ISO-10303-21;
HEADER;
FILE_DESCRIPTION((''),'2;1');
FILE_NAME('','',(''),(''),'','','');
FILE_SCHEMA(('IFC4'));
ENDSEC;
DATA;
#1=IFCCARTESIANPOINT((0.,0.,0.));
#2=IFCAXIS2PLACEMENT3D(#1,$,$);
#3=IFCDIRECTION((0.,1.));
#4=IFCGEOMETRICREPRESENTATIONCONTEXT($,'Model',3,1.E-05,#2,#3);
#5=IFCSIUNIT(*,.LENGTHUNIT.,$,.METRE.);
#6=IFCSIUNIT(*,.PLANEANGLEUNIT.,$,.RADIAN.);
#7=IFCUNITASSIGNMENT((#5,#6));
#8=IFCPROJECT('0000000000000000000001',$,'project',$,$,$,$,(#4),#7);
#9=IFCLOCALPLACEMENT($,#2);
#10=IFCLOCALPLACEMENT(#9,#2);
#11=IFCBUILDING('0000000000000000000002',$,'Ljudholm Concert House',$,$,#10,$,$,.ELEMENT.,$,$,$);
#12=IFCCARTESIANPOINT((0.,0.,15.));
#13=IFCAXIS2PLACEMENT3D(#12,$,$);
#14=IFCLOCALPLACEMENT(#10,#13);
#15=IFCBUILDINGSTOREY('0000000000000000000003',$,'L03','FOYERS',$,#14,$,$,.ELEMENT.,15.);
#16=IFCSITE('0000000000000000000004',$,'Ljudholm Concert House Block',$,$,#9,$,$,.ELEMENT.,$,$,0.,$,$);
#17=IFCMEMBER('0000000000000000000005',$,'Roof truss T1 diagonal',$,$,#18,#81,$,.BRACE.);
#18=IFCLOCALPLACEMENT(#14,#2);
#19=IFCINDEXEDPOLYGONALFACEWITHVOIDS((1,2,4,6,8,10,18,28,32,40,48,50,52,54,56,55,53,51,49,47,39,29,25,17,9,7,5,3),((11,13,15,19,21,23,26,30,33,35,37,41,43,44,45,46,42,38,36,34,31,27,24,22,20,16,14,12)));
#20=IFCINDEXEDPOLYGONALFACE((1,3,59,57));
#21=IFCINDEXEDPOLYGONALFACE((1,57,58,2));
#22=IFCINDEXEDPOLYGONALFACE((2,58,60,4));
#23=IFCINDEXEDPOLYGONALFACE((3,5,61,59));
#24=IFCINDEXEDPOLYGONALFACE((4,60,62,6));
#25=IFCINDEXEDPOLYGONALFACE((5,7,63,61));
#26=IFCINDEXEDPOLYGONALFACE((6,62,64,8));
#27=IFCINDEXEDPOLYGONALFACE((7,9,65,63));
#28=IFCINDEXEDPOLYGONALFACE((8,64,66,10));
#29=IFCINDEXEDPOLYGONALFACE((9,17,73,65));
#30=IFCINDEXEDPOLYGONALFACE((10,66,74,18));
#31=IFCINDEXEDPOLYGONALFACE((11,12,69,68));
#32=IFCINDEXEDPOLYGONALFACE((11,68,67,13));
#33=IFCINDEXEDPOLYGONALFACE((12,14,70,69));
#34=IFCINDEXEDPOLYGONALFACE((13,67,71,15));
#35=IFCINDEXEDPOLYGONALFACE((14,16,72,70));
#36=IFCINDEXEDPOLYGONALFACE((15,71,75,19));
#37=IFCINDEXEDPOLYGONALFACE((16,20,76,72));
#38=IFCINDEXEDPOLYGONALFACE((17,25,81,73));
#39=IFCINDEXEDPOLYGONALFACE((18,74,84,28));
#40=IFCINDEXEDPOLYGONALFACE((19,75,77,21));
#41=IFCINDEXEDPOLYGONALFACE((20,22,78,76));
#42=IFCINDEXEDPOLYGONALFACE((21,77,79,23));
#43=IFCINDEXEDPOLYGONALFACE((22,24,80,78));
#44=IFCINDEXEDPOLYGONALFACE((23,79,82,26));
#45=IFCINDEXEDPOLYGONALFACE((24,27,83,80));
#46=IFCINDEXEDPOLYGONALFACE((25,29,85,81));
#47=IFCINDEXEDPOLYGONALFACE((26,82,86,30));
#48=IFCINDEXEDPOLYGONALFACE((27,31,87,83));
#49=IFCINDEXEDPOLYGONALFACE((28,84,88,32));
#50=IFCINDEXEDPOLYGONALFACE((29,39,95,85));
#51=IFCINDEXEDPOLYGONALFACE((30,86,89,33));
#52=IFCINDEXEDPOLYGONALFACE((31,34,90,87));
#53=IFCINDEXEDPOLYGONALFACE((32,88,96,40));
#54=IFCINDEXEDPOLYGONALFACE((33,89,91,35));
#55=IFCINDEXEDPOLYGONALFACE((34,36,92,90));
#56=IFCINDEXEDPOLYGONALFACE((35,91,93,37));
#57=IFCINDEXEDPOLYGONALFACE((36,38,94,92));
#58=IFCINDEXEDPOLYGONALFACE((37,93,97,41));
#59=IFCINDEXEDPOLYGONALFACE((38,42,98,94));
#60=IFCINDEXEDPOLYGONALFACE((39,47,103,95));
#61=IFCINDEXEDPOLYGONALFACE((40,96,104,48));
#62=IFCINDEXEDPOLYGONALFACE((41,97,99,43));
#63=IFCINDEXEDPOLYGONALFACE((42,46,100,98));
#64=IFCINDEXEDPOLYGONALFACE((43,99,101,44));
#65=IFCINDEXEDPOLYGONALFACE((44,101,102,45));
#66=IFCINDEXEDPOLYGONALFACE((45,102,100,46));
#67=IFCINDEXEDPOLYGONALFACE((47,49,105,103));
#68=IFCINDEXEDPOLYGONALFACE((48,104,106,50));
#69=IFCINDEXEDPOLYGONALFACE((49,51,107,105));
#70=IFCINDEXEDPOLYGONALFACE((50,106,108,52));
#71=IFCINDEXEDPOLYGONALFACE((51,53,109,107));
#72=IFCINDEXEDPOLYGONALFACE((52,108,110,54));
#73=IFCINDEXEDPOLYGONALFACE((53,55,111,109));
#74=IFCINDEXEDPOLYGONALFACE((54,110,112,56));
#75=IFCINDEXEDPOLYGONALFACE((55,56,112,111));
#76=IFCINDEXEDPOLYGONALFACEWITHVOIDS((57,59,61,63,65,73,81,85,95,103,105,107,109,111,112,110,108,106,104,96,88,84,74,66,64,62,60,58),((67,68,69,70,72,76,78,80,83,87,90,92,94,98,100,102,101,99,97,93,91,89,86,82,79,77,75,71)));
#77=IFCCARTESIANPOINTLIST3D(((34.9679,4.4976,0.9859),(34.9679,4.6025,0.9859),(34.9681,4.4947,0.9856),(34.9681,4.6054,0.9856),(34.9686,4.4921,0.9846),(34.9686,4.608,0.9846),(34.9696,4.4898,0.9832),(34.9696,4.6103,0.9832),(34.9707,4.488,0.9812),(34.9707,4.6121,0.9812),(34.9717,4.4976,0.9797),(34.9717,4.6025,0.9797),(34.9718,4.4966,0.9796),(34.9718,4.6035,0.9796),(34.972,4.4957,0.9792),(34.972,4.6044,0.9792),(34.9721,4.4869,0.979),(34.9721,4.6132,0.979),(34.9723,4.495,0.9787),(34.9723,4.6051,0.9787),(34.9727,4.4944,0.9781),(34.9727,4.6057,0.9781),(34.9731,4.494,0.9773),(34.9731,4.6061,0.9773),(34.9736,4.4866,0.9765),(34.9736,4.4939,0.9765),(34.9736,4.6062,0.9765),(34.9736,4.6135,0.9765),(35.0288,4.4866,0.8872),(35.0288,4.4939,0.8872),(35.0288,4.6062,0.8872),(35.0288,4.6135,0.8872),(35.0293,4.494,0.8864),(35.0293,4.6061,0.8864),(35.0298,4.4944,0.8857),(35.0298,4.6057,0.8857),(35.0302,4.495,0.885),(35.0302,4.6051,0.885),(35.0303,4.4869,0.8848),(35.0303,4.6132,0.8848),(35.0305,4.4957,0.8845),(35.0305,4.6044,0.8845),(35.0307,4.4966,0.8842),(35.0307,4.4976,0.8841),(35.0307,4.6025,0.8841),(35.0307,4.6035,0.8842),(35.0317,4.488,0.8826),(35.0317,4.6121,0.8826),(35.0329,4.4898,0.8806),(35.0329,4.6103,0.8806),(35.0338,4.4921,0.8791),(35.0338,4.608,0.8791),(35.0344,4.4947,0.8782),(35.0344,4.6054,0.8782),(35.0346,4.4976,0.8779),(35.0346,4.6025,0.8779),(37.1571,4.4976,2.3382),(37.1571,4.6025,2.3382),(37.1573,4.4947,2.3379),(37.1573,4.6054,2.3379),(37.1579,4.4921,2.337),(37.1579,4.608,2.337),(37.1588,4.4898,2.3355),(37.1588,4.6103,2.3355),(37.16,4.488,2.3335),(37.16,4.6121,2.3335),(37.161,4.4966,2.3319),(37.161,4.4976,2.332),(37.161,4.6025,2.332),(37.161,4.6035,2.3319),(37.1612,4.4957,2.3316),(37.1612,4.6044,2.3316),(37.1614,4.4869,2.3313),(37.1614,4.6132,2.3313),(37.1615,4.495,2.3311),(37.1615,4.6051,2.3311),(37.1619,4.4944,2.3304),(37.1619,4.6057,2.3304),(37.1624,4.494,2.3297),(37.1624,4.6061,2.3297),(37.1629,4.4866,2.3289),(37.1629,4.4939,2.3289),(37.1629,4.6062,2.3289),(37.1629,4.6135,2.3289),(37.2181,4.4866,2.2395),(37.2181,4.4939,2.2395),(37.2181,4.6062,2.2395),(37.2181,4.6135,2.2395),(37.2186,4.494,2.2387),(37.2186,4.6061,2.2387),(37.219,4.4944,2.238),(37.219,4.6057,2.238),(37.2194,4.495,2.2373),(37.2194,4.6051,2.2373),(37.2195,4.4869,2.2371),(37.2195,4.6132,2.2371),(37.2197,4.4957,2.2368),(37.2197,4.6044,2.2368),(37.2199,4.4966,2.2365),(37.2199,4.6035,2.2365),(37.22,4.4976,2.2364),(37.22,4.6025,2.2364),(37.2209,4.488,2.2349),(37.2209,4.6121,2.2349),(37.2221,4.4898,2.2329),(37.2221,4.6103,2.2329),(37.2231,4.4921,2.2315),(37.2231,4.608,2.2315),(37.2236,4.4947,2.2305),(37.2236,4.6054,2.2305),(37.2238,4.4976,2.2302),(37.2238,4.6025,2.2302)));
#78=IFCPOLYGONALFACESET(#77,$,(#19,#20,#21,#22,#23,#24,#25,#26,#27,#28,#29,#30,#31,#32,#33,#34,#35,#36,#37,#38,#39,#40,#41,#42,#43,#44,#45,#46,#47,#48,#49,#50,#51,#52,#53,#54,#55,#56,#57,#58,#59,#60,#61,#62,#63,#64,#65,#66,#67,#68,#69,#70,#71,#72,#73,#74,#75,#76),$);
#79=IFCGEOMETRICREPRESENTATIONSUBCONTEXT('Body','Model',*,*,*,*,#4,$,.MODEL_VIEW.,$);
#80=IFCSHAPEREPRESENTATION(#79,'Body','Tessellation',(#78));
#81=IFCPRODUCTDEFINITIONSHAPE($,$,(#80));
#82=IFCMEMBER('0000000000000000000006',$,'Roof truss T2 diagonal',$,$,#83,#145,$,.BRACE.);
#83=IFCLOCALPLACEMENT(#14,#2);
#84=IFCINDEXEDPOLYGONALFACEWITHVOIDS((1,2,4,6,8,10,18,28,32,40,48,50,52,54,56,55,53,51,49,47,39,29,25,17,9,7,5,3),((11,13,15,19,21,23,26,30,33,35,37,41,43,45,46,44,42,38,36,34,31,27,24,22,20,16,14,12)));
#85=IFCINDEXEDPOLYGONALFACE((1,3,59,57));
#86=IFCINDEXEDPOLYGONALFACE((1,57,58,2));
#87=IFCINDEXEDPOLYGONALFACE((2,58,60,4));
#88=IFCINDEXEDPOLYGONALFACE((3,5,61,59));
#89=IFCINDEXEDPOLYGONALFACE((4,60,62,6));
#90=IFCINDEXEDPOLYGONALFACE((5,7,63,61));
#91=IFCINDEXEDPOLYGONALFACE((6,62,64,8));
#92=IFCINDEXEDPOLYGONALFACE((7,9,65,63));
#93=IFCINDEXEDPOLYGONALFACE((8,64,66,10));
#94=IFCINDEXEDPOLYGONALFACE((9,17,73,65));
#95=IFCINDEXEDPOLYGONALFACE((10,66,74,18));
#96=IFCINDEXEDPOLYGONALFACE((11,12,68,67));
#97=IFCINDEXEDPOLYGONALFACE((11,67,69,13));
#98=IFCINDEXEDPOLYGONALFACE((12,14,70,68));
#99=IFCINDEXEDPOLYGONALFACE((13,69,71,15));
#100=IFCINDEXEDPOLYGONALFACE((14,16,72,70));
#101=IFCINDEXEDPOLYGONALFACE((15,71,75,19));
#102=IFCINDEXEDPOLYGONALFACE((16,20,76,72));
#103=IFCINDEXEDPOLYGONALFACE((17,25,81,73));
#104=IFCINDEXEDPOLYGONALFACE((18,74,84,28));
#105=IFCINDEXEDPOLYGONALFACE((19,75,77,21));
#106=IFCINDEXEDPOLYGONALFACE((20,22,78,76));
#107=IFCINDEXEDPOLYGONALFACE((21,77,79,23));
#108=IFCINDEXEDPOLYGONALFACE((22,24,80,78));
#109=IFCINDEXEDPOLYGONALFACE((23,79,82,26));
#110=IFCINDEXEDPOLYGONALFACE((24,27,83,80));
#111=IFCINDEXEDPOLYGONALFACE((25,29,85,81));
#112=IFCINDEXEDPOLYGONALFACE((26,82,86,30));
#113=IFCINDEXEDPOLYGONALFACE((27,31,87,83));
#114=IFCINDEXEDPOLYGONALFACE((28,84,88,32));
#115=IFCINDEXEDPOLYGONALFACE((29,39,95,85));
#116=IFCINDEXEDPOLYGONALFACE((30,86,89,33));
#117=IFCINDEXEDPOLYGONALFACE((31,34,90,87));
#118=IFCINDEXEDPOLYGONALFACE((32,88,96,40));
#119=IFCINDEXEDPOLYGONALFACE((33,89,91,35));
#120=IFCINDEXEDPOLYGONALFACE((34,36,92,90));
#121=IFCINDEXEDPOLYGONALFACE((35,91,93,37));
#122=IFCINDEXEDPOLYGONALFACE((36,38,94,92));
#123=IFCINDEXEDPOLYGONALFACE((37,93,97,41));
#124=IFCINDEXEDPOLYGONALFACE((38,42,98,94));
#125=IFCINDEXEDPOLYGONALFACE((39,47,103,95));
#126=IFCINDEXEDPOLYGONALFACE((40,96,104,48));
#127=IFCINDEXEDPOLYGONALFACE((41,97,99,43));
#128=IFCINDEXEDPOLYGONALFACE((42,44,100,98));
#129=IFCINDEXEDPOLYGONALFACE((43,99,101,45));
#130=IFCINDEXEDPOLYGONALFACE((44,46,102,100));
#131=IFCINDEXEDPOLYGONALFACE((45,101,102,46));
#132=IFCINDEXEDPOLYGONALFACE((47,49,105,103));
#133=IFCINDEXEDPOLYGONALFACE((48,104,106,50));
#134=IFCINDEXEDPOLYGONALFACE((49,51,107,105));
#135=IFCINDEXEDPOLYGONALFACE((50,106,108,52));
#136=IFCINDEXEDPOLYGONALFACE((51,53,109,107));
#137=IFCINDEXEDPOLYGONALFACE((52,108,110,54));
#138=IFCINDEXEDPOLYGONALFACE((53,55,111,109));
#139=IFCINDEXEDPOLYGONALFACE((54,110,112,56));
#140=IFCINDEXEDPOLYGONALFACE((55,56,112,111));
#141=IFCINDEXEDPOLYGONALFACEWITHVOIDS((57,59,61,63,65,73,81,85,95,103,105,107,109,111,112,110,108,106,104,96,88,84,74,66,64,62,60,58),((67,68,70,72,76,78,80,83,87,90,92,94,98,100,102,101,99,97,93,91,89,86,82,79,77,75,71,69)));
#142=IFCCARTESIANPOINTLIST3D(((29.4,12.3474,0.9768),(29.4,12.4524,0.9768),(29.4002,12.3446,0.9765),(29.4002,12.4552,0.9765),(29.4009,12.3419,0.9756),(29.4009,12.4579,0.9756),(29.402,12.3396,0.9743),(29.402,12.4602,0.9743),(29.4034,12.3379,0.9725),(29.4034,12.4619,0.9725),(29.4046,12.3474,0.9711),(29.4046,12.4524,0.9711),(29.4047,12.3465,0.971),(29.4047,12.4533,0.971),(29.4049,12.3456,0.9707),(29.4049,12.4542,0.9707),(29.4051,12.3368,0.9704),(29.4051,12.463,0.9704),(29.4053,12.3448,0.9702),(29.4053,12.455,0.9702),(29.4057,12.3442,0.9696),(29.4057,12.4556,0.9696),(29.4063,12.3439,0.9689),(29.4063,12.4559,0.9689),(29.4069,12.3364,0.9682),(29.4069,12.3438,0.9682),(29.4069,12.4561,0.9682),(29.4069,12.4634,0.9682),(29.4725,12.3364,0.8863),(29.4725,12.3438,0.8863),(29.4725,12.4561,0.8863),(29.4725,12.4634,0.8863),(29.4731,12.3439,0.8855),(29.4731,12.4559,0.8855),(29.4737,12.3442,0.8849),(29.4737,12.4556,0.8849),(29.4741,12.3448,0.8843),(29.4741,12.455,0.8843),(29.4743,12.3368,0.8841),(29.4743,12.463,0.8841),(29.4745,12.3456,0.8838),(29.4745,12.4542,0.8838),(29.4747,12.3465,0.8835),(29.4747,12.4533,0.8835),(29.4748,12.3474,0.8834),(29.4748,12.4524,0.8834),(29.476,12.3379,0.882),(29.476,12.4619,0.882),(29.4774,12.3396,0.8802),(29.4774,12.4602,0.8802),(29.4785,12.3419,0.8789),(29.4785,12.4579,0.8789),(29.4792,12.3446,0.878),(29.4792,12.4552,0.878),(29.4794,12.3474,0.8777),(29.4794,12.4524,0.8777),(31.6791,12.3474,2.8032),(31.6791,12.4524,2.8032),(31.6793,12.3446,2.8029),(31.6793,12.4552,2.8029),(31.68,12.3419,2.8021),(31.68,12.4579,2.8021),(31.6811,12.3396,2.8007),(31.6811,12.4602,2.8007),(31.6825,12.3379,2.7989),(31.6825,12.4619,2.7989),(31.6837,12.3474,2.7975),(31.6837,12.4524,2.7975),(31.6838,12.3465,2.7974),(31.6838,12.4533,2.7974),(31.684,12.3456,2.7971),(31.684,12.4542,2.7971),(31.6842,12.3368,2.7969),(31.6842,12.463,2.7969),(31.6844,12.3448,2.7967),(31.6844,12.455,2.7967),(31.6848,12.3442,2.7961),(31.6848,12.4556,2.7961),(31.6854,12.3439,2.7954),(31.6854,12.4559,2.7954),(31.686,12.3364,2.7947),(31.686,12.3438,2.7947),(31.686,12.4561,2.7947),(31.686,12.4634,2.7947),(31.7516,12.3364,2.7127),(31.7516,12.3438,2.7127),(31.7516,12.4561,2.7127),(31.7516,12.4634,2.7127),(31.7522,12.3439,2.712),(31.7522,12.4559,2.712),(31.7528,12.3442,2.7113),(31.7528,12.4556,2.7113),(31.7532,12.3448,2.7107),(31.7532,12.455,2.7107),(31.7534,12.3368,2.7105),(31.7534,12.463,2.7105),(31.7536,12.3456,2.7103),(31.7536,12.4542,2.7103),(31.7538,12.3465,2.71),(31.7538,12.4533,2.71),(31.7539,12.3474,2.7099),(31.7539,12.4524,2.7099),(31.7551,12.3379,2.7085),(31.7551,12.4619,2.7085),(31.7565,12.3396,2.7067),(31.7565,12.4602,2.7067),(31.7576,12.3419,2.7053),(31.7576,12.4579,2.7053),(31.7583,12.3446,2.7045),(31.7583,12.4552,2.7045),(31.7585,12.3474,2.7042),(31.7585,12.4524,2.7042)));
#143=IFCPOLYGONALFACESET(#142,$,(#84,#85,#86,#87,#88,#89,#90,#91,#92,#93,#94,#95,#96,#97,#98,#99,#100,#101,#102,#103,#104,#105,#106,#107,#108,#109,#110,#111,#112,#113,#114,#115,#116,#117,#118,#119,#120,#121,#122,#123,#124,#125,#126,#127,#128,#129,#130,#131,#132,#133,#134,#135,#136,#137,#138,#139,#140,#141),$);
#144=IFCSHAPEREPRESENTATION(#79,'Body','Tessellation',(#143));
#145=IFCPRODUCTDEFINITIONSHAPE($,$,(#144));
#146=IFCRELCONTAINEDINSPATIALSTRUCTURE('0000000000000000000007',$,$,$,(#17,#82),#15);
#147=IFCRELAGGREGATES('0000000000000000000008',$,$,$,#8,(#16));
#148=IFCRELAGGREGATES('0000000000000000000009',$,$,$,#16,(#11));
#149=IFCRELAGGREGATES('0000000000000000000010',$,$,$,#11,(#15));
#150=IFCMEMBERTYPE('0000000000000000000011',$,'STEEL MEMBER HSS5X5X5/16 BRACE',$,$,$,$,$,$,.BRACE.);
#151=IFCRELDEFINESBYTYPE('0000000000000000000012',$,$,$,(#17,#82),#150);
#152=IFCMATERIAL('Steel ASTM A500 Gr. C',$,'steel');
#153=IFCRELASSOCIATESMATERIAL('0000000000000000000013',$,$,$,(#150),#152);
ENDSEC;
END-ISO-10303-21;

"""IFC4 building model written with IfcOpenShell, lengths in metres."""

from ifc_helpers import new_model, si_unit, direction, frame, origin, origin_2d, place, context, subcontext, project, spatial, hollow_rectangle, extrude, material, material_profile, profile_set, type_object, element, save


model = new_model("IFC4")

# Units and contexts
model_context = context("Model", 3, precision=1e-05, world=origin(), true_north=direction((0.0, 1.0)))
body_context = subcontext(model_context, "Body", "Model", "MODEL_VIEW")
ifc_project = project(units=[si_unit("LENGTHUNIT", "METRE"), si_unit("PLANEANGLEUNIT", "RADIAN")], contexts=[model_context])

# Site, building, storey
site_placement = place(None, origin())
site = spatial("IfcSite", under=ifc_project, at=site_placement, Name="Ljudholm Concert House Block", CompositionType="ELEMENT", RefElevation=0.0)
building_placement = place(site_placement, origin())
building = spatial("IfcBuilding", under=site, at=building_placement, Name="Ljudholm Concert House", CompositionType="ELEMENT")
storey_placement = place(building_placement, frame((0.0, 0.0, 15.0)))
storey = spatial("IfcBuildingStorey", under=building, at=storey_placement, Name="L03", Description="FOYERS", CompositionType="ELEMENT", Elevation=15.0)

# Members
ifc_material_1 = material(Name="Steel ASTM A500 Gr. C", Category="steel")
ifc_material_profile_1 = material_profile(ifc_material_1, hollow_rectangle(XDim=0.127, YDim=0.127, WallThickness=0.0073, InnerFilletRadius=0.0037, OuterFilletRadius=0.011, at=origin_2d()), Name="HSS5X5X5/16")
ifc_profile_set_1 = profile_set([ifc_material_profile_1], Name="Steel ASTM A500 Gr. C")
member_type_1 = type_object("IfcMemberType", Name="STEEL MEMBER HSS5X5X5/16 BRACE", PredefinedType="BRACE", material=ifc_profile_set_1)
member_1_placement = place(storey_placement, frame((35.0012, 4.55, 0.9319), z_axis=(0.850774, 0.0, 0.525531), x_axis=(0.0, 1.0, 0.0)))
element("IfcMember", 1, at=member_1_placement, inside=storey, type_object=member_type_1, Name="Roof truss T1 diagonal", PredefinedType="BRACE", context=body_context, shape_type="SweptSolid", body=[
    extrude(hollow_rectangle(XDim=0.127, YDim=0.127, WallThickness=0.0073, InnerFilletRadius=0.0037, OuterFilletRadius=0.011, at=origin_2d()), origin(), (0.0, 0.0, 1.0), 2.5732),
])
member_2_placement = place(storey_placement, frame((29.4397, 12.3999, 0.9272), z_axis=(0.780338, 0.0, 0.625357), x_axis=(0.0, 1.0, 0.0)))
element("IfcMember", 2, at=member_2_placement, inside=storey, type_object=member_type_1, Name="Roof truss T2 diagonal", PredefinedType="BRACE", context=body_context, shape_type="SweptSolid", body=[
    extrude(hollow_rectangle(XDim=0.127, YDim=0.127, WallThickness=0.0073, InnerFilletRadius=0.0037, OuterFilletRadius=0.011, at=origin_2d()), origin(), (0.0, 0.0, 1.0), 2.9207),
])

save(model, "model.ifc")
